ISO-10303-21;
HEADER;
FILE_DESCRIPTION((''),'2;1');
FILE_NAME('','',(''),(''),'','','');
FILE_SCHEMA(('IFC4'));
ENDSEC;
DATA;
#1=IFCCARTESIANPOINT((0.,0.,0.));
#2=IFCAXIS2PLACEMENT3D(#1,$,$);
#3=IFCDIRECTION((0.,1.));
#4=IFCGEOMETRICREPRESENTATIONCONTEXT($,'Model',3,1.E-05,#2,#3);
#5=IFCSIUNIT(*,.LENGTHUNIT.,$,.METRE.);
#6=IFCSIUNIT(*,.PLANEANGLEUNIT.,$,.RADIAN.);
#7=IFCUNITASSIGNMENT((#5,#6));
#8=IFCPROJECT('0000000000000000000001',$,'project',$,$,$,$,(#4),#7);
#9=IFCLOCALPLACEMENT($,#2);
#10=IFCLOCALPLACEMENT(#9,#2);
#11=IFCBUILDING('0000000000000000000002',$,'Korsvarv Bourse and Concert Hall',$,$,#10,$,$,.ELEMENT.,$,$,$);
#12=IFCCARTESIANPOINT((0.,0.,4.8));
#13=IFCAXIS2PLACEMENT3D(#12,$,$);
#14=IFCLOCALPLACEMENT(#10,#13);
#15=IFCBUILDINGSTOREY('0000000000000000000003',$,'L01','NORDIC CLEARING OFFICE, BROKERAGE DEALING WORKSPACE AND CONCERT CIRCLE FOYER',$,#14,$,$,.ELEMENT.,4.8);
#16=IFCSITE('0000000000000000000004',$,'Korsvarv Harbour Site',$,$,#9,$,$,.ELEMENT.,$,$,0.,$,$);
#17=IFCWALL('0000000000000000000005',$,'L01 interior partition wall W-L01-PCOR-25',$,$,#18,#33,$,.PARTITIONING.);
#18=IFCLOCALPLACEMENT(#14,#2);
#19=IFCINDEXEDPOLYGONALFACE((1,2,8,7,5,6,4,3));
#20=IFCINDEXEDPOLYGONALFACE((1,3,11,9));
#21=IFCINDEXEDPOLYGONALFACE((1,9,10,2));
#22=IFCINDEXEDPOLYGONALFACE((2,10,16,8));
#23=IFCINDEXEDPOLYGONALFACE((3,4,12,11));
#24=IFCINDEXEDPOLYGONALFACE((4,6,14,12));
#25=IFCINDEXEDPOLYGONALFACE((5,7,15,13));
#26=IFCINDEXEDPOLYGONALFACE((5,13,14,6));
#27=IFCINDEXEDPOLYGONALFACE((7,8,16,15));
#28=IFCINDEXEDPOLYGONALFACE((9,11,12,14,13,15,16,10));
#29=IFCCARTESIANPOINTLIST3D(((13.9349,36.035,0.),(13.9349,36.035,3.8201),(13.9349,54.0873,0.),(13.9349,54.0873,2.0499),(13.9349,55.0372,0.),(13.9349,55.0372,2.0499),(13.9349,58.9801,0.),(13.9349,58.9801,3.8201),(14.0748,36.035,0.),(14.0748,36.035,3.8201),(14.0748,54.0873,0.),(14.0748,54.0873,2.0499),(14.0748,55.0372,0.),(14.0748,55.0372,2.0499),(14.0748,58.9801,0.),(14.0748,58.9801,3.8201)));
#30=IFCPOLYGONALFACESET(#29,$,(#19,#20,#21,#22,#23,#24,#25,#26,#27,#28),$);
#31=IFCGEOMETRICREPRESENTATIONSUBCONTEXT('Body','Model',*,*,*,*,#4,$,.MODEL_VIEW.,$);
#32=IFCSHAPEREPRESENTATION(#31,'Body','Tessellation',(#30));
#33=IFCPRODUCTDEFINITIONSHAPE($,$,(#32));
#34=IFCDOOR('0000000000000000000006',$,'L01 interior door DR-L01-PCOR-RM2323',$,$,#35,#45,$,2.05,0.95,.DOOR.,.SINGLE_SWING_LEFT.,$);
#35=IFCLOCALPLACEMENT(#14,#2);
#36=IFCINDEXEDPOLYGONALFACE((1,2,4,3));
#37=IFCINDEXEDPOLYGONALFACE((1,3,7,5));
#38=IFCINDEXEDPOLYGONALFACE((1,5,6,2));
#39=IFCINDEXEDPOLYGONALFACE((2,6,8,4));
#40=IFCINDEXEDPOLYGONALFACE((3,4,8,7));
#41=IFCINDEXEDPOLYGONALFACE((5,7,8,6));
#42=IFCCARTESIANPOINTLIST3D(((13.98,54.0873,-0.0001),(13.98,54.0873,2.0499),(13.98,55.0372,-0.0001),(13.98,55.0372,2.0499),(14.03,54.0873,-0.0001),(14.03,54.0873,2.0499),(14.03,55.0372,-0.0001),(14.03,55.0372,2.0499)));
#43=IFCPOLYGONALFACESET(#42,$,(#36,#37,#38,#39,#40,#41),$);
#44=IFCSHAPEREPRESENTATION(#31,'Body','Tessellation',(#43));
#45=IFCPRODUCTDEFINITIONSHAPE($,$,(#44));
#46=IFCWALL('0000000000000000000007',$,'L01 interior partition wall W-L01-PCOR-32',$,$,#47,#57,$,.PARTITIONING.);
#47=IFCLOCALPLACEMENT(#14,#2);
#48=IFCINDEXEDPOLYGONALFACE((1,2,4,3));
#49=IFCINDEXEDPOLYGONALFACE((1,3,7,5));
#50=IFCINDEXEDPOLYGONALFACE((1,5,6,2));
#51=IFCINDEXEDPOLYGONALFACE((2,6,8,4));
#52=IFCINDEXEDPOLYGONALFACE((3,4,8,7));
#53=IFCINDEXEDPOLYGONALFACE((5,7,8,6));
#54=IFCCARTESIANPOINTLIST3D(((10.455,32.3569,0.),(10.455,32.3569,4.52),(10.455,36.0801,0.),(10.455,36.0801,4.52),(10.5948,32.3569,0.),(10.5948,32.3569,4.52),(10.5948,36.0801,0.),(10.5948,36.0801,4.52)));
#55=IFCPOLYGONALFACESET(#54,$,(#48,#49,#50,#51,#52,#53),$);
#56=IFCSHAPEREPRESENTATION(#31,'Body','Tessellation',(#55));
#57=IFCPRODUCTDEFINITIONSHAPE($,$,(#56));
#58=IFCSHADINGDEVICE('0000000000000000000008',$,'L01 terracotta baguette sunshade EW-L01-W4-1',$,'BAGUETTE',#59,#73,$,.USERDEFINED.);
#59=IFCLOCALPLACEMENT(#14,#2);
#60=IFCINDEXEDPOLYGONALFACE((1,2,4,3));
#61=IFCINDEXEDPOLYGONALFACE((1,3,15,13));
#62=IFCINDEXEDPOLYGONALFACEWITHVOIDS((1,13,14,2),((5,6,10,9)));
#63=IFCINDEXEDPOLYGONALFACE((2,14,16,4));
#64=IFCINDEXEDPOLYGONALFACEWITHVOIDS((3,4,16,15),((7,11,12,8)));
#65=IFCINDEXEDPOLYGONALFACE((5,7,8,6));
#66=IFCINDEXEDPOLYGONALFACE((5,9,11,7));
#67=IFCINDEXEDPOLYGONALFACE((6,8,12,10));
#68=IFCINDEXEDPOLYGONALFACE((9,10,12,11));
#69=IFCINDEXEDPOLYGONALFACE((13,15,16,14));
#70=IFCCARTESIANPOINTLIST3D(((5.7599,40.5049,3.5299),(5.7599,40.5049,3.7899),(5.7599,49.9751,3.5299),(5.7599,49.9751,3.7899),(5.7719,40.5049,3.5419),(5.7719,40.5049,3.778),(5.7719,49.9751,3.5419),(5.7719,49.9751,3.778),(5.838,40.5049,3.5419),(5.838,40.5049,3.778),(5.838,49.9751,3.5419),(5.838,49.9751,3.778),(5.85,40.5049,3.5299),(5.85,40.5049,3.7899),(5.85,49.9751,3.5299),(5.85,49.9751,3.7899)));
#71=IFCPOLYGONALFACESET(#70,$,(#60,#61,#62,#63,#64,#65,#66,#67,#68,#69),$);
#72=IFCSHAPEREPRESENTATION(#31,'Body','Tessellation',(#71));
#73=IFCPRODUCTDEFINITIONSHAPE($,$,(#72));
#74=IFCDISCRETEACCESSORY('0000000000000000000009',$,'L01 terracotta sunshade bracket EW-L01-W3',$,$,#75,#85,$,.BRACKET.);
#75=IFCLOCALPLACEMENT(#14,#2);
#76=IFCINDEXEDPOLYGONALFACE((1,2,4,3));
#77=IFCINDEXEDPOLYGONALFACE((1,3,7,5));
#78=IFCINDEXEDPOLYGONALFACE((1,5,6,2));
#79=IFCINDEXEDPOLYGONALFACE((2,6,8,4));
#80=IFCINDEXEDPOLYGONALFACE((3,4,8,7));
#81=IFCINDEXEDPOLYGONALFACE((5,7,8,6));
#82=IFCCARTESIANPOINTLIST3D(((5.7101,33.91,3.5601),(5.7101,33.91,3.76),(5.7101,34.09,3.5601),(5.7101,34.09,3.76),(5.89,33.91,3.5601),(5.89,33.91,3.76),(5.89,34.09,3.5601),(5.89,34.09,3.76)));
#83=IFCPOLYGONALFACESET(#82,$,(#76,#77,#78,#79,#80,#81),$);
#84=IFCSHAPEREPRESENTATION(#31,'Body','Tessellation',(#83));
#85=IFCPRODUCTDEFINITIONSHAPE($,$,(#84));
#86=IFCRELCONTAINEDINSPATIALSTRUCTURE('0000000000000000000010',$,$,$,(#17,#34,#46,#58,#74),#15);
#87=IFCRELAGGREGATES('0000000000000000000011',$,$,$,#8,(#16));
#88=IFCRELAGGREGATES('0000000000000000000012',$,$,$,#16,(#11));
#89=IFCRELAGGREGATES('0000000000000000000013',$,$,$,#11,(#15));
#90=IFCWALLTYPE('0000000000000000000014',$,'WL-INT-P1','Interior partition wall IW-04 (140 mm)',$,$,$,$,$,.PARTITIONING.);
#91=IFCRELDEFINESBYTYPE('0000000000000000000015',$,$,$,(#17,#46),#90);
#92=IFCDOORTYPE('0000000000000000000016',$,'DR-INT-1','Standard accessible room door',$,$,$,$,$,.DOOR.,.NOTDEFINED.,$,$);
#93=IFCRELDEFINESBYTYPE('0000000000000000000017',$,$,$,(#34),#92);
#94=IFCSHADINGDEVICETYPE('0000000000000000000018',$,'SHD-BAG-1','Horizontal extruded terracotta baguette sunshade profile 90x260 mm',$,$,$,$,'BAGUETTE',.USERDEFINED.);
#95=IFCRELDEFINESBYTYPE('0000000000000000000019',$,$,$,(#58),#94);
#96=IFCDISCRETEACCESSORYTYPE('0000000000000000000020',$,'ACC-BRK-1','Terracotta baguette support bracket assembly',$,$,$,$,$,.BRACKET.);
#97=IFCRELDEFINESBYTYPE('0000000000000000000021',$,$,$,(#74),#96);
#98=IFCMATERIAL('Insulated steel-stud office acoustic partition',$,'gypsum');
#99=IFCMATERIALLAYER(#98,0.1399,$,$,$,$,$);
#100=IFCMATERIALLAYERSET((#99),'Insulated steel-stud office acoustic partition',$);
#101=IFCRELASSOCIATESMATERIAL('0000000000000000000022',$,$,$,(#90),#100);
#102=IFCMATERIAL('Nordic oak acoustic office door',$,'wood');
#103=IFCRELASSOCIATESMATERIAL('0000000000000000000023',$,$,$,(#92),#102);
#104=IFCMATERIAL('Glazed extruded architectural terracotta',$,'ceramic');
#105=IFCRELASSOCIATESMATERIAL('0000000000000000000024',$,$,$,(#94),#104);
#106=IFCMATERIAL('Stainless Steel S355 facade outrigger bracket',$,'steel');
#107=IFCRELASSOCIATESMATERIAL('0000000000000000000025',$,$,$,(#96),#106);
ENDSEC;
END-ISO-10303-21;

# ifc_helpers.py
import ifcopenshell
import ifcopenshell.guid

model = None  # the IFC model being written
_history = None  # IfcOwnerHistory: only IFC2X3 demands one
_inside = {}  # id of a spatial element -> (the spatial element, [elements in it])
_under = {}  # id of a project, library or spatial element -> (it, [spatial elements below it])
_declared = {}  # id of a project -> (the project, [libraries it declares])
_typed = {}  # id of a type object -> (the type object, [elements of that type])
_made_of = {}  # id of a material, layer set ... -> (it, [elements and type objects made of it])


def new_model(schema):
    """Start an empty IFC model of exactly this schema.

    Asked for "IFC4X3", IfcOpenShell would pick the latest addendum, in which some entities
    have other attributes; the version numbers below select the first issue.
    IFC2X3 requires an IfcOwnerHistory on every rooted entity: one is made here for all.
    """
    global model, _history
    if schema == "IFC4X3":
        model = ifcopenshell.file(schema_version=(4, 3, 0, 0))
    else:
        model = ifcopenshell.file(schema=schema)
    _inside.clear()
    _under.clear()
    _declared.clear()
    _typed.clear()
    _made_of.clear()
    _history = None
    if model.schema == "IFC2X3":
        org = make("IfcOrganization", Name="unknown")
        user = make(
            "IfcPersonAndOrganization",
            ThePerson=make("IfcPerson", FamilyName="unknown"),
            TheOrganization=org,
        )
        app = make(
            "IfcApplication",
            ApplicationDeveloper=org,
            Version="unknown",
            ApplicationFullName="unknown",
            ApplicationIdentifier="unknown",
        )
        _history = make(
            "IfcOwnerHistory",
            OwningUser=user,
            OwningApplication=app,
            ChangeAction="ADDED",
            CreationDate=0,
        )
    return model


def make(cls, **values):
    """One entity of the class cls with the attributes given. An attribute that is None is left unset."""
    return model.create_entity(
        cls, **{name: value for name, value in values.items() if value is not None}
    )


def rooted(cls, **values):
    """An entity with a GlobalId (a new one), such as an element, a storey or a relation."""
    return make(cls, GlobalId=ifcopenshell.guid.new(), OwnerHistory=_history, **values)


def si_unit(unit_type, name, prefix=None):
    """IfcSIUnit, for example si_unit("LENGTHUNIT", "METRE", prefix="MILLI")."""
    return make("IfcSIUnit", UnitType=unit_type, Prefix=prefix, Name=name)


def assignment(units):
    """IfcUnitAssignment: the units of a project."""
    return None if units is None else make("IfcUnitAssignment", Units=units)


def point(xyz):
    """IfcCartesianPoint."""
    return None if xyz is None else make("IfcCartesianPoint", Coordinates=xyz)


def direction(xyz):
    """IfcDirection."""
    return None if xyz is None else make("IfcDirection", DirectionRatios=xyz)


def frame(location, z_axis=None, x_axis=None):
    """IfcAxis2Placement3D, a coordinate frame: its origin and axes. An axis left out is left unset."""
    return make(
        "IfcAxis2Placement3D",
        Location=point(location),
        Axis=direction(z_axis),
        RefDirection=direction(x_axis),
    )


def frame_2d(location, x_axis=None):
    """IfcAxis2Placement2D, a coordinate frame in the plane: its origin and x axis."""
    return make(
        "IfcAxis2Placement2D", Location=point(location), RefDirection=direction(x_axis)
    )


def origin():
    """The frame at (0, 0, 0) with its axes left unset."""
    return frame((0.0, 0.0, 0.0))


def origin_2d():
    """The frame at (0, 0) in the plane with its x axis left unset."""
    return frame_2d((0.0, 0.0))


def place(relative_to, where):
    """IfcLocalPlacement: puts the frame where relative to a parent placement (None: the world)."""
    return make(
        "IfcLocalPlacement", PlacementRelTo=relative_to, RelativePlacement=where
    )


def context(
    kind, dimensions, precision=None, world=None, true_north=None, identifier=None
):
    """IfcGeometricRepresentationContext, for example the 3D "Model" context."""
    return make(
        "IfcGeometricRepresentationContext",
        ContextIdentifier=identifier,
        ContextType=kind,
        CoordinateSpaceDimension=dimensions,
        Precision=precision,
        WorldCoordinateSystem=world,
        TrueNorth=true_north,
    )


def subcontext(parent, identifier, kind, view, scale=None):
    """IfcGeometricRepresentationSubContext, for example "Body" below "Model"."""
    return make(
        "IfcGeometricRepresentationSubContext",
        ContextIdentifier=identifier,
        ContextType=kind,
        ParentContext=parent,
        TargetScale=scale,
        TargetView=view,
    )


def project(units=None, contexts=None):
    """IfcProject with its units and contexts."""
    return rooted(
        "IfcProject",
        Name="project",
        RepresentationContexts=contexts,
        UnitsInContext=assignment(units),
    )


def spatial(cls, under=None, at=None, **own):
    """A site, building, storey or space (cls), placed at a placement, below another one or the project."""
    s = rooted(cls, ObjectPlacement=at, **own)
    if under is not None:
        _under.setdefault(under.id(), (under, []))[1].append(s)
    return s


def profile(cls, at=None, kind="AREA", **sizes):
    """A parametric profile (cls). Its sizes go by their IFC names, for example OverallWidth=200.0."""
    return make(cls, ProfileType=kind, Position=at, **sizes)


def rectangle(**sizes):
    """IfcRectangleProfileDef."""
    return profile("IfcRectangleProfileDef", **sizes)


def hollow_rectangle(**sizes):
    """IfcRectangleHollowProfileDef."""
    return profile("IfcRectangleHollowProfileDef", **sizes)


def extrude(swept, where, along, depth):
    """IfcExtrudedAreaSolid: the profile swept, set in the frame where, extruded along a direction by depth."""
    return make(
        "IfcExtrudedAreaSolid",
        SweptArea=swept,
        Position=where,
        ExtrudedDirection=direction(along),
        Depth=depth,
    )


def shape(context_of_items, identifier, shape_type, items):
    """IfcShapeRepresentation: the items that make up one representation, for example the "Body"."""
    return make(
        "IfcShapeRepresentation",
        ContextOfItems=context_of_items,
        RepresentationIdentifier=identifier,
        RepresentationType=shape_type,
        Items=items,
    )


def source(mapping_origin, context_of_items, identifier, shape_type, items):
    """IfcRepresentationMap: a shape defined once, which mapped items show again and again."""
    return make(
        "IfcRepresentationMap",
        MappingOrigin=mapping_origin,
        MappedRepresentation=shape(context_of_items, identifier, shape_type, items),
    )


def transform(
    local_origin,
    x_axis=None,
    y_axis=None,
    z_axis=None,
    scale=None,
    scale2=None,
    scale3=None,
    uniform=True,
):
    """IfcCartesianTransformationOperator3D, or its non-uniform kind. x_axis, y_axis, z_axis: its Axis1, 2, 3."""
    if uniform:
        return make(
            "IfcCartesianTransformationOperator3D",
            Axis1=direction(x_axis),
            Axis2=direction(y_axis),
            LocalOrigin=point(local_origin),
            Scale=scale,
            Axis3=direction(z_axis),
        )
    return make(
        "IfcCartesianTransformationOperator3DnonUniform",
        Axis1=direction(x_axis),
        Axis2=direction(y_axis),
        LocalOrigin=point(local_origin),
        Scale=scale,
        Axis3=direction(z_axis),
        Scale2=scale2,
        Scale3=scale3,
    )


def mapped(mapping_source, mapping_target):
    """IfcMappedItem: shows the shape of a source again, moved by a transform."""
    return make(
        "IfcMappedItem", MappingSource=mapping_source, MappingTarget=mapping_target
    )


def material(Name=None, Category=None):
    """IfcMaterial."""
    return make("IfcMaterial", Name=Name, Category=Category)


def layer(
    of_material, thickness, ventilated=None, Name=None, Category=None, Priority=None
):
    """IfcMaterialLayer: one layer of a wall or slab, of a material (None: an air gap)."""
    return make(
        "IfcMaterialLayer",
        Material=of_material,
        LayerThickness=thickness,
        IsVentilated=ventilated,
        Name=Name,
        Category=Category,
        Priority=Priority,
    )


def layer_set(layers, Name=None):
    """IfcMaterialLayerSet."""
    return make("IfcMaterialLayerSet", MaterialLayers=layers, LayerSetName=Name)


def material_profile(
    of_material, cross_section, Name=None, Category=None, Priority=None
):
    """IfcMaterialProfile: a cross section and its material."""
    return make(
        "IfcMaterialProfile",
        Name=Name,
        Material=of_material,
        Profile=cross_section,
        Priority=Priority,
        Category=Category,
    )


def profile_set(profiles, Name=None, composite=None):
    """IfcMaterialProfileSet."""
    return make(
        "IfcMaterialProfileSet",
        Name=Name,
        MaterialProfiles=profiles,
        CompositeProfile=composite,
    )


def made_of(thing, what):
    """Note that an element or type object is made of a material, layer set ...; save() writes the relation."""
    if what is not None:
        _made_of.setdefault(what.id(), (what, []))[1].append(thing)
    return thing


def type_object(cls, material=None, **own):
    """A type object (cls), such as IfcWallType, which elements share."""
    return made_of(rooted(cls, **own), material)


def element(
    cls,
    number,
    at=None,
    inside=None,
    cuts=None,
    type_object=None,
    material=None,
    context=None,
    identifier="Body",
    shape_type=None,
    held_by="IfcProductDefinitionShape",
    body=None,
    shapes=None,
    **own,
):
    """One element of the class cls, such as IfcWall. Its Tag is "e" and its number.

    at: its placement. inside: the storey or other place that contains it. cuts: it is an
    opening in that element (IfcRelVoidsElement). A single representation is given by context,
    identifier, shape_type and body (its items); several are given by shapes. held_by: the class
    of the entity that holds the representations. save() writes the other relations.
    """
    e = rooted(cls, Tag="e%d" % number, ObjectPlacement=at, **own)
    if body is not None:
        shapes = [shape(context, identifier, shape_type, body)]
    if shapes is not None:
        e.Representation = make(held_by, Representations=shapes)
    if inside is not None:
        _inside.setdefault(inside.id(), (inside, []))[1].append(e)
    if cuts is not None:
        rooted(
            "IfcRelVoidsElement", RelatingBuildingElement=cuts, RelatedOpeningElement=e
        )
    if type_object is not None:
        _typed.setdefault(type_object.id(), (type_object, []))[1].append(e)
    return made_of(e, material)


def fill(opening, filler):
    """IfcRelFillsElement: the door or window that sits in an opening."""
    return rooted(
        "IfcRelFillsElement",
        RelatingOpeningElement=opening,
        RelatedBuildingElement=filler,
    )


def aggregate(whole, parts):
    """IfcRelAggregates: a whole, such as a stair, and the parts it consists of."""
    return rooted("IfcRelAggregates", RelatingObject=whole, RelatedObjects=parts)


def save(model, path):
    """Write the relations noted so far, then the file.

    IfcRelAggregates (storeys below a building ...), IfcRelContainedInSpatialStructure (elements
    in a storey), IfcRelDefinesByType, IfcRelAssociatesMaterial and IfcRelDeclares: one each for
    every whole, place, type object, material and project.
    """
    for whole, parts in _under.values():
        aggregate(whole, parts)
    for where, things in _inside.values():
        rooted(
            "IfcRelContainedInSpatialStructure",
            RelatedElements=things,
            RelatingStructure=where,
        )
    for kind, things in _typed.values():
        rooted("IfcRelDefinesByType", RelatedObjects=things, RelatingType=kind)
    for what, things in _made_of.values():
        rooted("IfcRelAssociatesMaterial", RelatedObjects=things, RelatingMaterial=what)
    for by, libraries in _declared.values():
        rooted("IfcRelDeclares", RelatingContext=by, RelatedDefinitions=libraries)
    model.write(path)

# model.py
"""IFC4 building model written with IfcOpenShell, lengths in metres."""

from ifc_helpers import new_model, si_unit, direction, frame, frame_2d, origin, origin_2d, place, context, subcontext, project, spatial, rectangle, hollow_rectangle, extrude, source, transform, mapped, material, layer, layer_set, material_profile, profile_set, type_object, element, fill, save


model = new_model("IFC4")

# Units and contexts
model_context = context("Model", 3, precision=1e-05, world=origin(), true_north=direction((0.0, 1.0)))
body_context = subcontext(model_context, "Body", "Model", "MODEL_VIEW")
ifc_project = project(units=[si_unit("LENGTHUNIT", "METRE"), si_unit("PLANEANGLEUNIT", "RADIAN")], contexts=[model_context])

# Site, building, storey
site_placement = place(None, origin())
site = spatial("IfcSite", under=ifc_project, at=site_placement, Name="Korsvarv Harbour Site", CompositionType="ELEMENT", RefElevation=0.0)
building_placement = place(site_placement, origin())
building = spatial("IfcBuilding", under=site, at=building_placement, Name="Korsvarv Bourse and Concert Hall", CompositionType="ELEMENT")
storey_placement = place(building_placement, frame((0.0, 0.0, 4.8)))
storey = spatial("IfcBuildingStorey", under=building, at=storey_placement, Name="L01", Description="NORDIC CLEARING OFFICE, BROKERAGE DEALING WORKSPACE AND CONCERT CIRCLE FOYER", CompositionType="ELEMENT", Elevation=4.8)

# Wall, opening, door
ifc_material_1 = material(Name="Insulated steel-stud office acoustic partition", Category="gypsum")
ifc_layer_1 = layer(ifc_material_1, 0.1399)
ifc_layer_set_1 = layer_set([ifc_layer_1], Name="Insulated steel-stud office acoustic partition")
wall_type_1 = type_object("IfcWallType", Name="WL-INT-P1", Description="Interior partition wall IW-04 (140 mm)", PredefinedType="PARTITIONING", material=ifc_layer_set_1)
wall_1_placement = place(storey_placement, frame((14.0049, 36.0349, 0.0), z_axis=(0.0, 0.0, 1.0), x_axis=(0.0, 1.0, 0.0)))
wall_1 = element("IfcWall", 1, at=wall_1_placement, inside=storey, type_object=wall_type_1, Name="L01 interior partition wall W-L01-PCOR-25", PredefinedType="PARTITIONING", context=body_context, shape_type="SweptSolid", body=[
    extrude(rectangle(XDim=22.9451, YDim=0.1399, at=frame_2d((11.4727, 0.0))), origin(), (0.0, 0.0, 1.0), 3.8201),
])
opening_1_placement = place(wall_1_placement, frame((18.0522, 0.0, 0.0)))
opening_1 = element("IfcOpeningElement", 2, at=opening_1_placement, cuts=wall_1, PredefinedType="OPENING", context=body_context, shape_type="SweptSolid", body=[
    extrude(rectangle(XDim=0.95, YDim=2.05, at=frame_2d((0.4751, 1.0249))), frame((0.0, 0.0801, 0.0), z_axis=(0.0, -1.0, 0.0), x_axis=(1.0, 0.0, 0.0)), (0.0, 0.0, 1.0), 0.1599),
])
ifc_material_2 = material(Name="Nordic oak acoustic office door", Category="wood")
door_type_1 = type_object("IfcDoorType", Name="DR-INT-1", Description="Standard accessible room door", OperationType="NOTDEFINED", PredefinedType="DOOR", material=ifc_material_2)
door_1_placement = place(opening_1_placement, origin())
door_1 = element("IfcDoor", 3, at=door_1_placement, inside=storey, type_object=door_type_1, Name="L01 interior door DR-L01-PCOR-RM2323", OperationType="SINGLE_SWING_LEFT", OverallHeight=2.05, OverallWidth=0.95, PredefinedType="DOOR", context=body_context, shape_type="SweptSolid", body=[
    extrude(rectangle(XDim=0.95, YDim=2.05, at=frame_2d((0.4751, 1.0249))), frame((0.0, 0.0249, 0.0), z_axis=(0.0, -1.0, 0.0), x_axis=(1.0, 0.0, 0.0)), (0.0, 0.0, 1.0), 0.05),
])
fill(opening_1, door_1)

# Wall
wall_2_placement = place(storey_placement, frame((10.5249, 32.3569, 0.0), z_axis=(0.0, 0.0, 1.0), x_axis=(0.0, 1.0, 0.0)))
element("IfcWall", 4, at=wall_2_placement, inside=storey, type_object=wall_type_1, Name="L01 interior partition wall W-L01-PCOR-32", PredefinedType="PARTITIONING", context=body_context, shape_type="SweptSolid", body=[
    extrude(rectangle(XDim=3.7231, YDim=0.1399, at=frame_2d((1.8616, 0.0))), origin(), (0.0, 0.0, 1.0), 4.52),
])

# Shading device
ifc_material_3 = material(Name="Glazed extruded architectural terracotta", Category="ceramic")
ifc_material_profile_1 = material_profile(ifc_material_3, hollow_rectangle(XDim=0.0901, YDim=0.26, WallThickness=0.012, at=origin_2d()), Name="TC-BAG 90x260")
ifc_profile_set_1 = profile_set([ifc_material_profile_1], Name="Glazed extruded architectural terracotta")
shading_device_type = type_object("IfcShadingDeviceType", Name="SHD-BAG-1", Description="Horizontal extruded terracotta baguette sunshade profile 90x260 mm", ElementType="BAGUETTE", PredefinedType="USERDEFINED", material=ifc_profile_set_1)
shared_shape_1 = source(origin(), body_context, "Body", "SweptSolid", [
    extrude(hollow_rectangle(XDim=0.0901, YDim=0.26, WallThickness=0.012, at=origin_2d()), origin(), (0.0, 0.0, 1.0), 9.4702),
])
shading_device_placement = place(storey_placement, frame((5.8049, 40.5049, 3.6599), z_axis=(0.0, 1.0, 0.0), x_axis=(-1.0, 0.0, 0.0)))
element("IfcShadingDevice", 5, at=shading_device_placement, inside=storey, type_object=shading_device_type, Name="L01 terracotta baguette sunshade EW-L01-W4-1", ObjectType="BAGUETTE", PredefinedType="USERDEFINED", context=body_context, shape_type="MappedRepresentation", body=[
    mapped(shared_shape_1, transform((0.0, 0.0, 0.0), scale=1.0)),
])

# Discrete accessory
ifc_material_4 = material(Name="Stainless Steel S355 facade outrigger bracket", Category="steel")
discrete_accessory_type = type_object("IfcDiscreteAccessoryType", Name="ACC-BRK-1", Description="Terracotta baguette support bracket assembly", PredefinedType="BRACKET", material=ifc_material_4)
shared_shape_2 = source(origin(), body_context, "Body", "SweptSolid", [
    extrude(rectangle(XDim=0.1799, YDim=0.1799, at=origin_2d()), origin(), (0.0, 0.0, 1.0), 0.2),
])
discrete_accessory_placement = place(storey_placement, frame((5.8, 34.0, 3.5601), z_axis=(0.0, 0.0, 1.0), x_axis=(0.0, 1.0, 0.0)))
element("IfcDiscreteAccessory", 6, at=discrete_accessory_placement, inside=storey, type_object=discrete_accessory_type, Name="L01 terracotta sunshade bracket EW-L01-W3", PredefinedType="BRACKET", context=body_context, shape_type="MappedRepresentation", body=[
    mapped(shared_shape_2, transform((0.0, 0.0, 0.0), scale=1.0)),
])

save(model, "model.ifc")
